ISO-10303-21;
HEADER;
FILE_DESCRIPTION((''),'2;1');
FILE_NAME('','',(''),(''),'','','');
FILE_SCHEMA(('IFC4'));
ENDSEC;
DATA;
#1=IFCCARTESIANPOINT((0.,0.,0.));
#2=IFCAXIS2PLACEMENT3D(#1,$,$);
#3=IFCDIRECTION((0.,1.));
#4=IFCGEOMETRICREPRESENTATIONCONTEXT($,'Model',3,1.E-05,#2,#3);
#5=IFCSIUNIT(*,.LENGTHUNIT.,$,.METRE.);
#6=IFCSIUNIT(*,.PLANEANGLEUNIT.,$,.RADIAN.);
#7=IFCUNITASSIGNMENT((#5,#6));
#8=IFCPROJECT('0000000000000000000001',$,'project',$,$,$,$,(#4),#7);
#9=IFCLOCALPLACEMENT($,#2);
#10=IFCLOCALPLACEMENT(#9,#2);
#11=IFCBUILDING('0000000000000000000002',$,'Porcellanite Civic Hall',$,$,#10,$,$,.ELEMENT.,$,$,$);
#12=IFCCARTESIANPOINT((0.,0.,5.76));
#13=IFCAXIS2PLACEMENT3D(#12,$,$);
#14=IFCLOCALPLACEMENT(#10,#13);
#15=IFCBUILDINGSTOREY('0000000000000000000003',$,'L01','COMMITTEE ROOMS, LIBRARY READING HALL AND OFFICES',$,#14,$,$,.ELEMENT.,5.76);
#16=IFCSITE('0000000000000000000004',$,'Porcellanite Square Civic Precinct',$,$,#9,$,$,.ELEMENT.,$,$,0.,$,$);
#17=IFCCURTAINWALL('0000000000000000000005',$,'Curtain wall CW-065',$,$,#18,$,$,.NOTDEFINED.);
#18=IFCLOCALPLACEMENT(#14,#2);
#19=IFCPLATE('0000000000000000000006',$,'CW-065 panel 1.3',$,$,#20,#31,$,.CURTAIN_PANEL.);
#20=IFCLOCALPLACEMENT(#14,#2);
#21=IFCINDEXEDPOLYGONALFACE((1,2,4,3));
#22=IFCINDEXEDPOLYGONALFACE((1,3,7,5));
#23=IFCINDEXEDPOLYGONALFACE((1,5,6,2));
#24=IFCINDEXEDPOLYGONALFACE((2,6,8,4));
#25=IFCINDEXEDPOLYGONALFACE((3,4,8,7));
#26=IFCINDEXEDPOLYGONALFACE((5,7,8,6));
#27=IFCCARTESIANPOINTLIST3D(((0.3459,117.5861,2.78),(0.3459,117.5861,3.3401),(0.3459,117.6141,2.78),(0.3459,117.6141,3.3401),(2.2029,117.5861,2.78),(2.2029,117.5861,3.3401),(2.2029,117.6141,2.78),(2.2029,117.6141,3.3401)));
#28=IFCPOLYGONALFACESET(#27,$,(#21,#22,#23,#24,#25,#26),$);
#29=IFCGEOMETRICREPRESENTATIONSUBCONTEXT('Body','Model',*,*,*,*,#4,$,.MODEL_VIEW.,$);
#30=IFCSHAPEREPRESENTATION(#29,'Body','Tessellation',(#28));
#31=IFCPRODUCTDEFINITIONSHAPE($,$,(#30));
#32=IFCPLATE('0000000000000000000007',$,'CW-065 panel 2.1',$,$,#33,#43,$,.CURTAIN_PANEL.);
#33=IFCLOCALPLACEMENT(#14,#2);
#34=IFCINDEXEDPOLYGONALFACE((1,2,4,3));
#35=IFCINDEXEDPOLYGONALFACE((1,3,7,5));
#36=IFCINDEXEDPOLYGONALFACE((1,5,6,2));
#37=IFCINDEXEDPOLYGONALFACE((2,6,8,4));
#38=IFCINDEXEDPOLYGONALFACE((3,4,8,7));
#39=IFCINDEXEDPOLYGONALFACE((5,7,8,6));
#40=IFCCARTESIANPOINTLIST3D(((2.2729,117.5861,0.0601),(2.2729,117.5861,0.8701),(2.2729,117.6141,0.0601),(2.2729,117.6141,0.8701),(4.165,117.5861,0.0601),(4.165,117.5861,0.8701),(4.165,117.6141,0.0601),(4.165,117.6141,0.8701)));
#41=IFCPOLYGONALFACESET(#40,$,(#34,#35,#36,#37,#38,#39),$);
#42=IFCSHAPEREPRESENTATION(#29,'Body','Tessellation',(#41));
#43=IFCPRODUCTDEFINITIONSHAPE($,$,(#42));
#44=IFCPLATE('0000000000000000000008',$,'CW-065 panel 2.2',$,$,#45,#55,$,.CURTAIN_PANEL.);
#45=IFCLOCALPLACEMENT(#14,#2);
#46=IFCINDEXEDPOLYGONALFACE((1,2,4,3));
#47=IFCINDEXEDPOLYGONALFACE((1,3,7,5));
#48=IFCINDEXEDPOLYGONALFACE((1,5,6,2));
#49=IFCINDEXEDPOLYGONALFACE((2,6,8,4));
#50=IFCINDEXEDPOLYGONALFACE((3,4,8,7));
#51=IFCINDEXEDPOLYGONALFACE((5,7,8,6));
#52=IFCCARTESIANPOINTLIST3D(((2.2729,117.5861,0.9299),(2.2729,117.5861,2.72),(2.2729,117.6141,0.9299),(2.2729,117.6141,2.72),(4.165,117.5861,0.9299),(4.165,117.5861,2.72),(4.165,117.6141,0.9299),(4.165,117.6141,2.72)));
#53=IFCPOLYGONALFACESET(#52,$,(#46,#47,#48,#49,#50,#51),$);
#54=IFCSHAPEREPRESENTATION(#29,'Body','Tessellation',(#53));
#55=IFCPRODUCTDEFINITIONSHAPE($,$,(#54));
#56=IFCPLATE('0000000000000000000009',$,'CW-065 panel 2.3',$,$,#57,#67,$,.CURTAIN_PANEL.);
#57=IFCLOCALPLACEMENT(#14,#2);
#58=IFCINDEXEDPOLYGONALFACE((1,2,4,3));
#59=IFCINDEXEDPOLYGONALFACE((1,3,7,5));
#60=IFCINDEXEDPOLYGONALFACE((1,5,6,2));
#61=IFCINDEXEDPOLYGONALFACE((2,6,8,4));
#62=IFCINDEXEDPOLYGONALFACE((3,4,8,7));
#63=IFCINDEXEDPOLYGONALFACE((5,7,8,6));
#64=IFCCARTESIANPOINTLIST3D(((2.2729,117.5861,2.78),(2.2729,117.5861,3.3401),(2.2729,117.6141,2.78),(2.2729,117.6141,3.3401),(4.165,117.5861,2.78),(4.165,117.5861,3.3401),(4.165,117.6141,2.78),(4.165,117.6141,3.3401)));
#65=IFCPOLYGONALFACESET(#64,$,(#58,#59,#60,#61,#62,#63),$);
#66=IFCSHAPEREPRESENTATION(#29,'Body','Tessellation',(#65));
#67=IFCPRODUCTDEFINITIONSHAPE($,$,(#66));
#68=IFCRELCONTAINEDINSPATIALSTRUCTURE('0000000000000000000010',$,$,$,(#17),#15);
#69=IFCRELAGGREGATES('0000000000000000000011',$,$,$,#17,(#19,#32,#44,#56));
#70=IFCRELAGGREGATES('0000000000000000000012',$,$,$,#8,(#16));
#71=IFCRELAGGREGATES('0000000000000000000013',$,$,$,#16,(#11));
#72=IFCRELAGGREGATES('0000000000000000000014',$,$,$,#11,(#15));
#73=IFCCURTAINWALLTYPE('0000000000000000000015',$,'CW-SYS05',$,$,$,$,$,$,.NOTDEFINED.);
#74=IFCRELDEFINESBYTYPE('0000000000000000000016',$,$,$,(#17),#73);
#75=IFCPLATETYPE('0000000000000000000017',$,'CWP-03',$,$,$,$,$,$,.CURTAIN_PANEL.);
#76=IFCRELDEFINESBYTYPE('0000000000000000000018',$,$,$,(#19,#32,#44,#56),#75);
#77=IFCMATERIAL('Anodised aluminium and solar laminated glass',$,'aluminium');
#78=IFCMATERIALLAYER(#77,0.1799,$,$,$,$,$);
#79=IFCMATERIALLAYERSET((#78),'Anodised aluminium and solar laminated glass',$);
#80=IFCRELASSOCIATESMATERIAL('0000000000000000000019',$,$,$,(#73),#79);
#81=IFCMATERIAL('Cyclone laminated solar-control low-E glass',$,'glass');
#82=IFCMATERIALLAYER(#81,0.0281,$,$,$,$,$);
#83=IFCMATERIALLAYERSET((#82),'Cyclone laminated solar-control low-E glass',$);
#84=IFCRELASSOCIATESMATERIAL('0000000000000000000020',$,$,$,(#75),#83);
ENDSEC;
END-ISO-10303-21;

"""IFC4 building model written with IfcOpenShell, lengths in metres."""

from ifc_helpers import new_model, si_unit, direction, frame, origin, origin_2d, place, context, subcontext, project, spatial, rectangle, extrude, material, layer, layer_set, type_object, element, aggregate, save


model = new_model("IFC4")

# Units and contexts
model_context = context("Model", 3, precision=1e-05, world=origin(), true_north=direction((0.0, 1.0)))
body_context = subcontext(model_context, "Body", "Model", "MODEL_VIEW")
ifc_project = project(units=[si_unit("LENGTHUNIT", "METRE"), si_unit("PLANEANGLEUNIT", "RADIAN")], contexts=[model_context])

# Site, building, storey
site_placement = place(None, origin())
site = spatial("IfcSite", under=ifc_project, at=site_placement, Name="Porcellanite Square Civic Precinct", CompositionType="ELEMENT", RefElevation=0.0)
building_placement = place(site_placement, origin())
building = spatial("IfcBuilding", under=site, at=building_placement, Name="Porcellanite Civic Hall", CompositionType="ELEMENT")
storey_placement = place(building_placement, frame((0.0, 0.0, 5.76)))
storey = spatial("IfcBuildingStorey", under=building, at=storey_placement, Name="L01", Description="COMMITTEE ROOMS, LIBRARY READING HALL AND OFFICES", CompositionType="ELEMENT", Elevation=5.76)

# Curtain wall, plates
ifc_material_1 = material(Name="Anodised aluminium and solar laminated glass", Category="aluminium")
ifc_layer_1 = layer(ifc_material_1, 0.1799)
ifc_layer_set_1 = layer_set([ifc_layer_1], Name="Anodised aluminium and solar laminated glass")
curtain_wall_type = type_object("IfcCurtainWallType", Name="CW-SYS05", PredefinedType="NOTDEFINED", material=ifc_layer_set_1)
curtain_wall_placement = place(storey_placement, origin())
curtain_wall = element("IfcCurtainWall", 1, at=curtain_wall_placement, inside=storey, type_object=curtain_wall_type, Name="Curtain wall CW-065", PredefinedType="NOTDEFINED")
ifc_material_2 = material(Name="Cyclone laminated solar-control low-E glass", Category="glass")
ifc_layer_2 = layer(ifc_material_2, 0.0281)
ifc_layer_set_2 = layer_set([ifc_layer_2], Name="Cyclone laminated solar-control low-E glass")
plate_type = type_object("IfcPlateType", Name="CWP-03", PredefinedType="CURTAIN_PANEL", material=ifc_layer_set_2)
plate_1_placement = place(storey_placement, frame((1.2744, 117.6001, 2.78), z_axis=(0.0, 0.0, 1.0), x_axis=(1.0, 0.0, 0.0)))
plate_1 = element("IfcPlate", 2, at=plate_1_placement, type_object=plate_type, Name="CW-065 panel 1.3", PredefinedType="CURTAIN_PANEL", context=body_context, shape_type="SweptSolid", body=[
    extrude(rectangle(XDim=1.8569, YDim=0.0281, at=origin_2d()), origin(), (0.0, 0.0, 1.0), 0.5601),
])
plate_2_placement = place(storey_placement, frame((3.219, 117.6001, 0.0601), z_axis=(0.0, 0.0, 1.0), x_axis=(1.0, 0.0, 0.0)))
plate_2 = element("IfcPlate", 3, at=plate_2_placement, type_object=plate_type, Name="CW-065 panel 2.1", PredefinedType="CURTAIN_PANEL", context=body_context, shape_type="SweptSolid", body=[
    extrude(rectangle(XDim=1.8921, YDim=0.0281, at=origin_2d()), origin(), (0.0, 0.0, 1.0), 0.8101),
])
plate_3_placement = place(storey_placement, frame((3.219, 117.6001, 0.9299), z_axis=(0.0, 0.0, 1.0), x_axis=(1.0, 0.0, 0.0)))
plate_3 = element("IfcPlate", 4, at=plate_3_placement, type_object=plate_type, Name="CW-065 panel 2.2", PredefinedType="CURTAIN_PANEL", context=body_context, shape_type="SweptSolid", body=[
    extrude(rectangle(XDim=1.8921, YDim=0.0281, at=origin_2d()), origin(), (0.0, 0.0, 1.0), 1.79),
])
plate_4_placement = place(storey_placement, frame((3.219, 117.6001, 2.78), z_axis=(0.0, 0.0, 1.0), x_axis=(1.0, 0.0, 0.0)))
plate_4 = element("IfcPlate", 5, at=plate_4_placement, type_object=plate_type, Name="CW-065 panel 2.3", PredefinedType="CURTAIN_PANEL", context=body_context, shape_type="SweptSolid", body=[
    extrude(rectangle(XDim=1.8921, YDim=0.0281, at=origin_2d()), origin(), (0.0, 0.0, 1.0), 0.5601),
])
aggregate(curtain_wall, [plate_1, plate_2, plate_3, plate_4])

save(model, "model.ifc")
